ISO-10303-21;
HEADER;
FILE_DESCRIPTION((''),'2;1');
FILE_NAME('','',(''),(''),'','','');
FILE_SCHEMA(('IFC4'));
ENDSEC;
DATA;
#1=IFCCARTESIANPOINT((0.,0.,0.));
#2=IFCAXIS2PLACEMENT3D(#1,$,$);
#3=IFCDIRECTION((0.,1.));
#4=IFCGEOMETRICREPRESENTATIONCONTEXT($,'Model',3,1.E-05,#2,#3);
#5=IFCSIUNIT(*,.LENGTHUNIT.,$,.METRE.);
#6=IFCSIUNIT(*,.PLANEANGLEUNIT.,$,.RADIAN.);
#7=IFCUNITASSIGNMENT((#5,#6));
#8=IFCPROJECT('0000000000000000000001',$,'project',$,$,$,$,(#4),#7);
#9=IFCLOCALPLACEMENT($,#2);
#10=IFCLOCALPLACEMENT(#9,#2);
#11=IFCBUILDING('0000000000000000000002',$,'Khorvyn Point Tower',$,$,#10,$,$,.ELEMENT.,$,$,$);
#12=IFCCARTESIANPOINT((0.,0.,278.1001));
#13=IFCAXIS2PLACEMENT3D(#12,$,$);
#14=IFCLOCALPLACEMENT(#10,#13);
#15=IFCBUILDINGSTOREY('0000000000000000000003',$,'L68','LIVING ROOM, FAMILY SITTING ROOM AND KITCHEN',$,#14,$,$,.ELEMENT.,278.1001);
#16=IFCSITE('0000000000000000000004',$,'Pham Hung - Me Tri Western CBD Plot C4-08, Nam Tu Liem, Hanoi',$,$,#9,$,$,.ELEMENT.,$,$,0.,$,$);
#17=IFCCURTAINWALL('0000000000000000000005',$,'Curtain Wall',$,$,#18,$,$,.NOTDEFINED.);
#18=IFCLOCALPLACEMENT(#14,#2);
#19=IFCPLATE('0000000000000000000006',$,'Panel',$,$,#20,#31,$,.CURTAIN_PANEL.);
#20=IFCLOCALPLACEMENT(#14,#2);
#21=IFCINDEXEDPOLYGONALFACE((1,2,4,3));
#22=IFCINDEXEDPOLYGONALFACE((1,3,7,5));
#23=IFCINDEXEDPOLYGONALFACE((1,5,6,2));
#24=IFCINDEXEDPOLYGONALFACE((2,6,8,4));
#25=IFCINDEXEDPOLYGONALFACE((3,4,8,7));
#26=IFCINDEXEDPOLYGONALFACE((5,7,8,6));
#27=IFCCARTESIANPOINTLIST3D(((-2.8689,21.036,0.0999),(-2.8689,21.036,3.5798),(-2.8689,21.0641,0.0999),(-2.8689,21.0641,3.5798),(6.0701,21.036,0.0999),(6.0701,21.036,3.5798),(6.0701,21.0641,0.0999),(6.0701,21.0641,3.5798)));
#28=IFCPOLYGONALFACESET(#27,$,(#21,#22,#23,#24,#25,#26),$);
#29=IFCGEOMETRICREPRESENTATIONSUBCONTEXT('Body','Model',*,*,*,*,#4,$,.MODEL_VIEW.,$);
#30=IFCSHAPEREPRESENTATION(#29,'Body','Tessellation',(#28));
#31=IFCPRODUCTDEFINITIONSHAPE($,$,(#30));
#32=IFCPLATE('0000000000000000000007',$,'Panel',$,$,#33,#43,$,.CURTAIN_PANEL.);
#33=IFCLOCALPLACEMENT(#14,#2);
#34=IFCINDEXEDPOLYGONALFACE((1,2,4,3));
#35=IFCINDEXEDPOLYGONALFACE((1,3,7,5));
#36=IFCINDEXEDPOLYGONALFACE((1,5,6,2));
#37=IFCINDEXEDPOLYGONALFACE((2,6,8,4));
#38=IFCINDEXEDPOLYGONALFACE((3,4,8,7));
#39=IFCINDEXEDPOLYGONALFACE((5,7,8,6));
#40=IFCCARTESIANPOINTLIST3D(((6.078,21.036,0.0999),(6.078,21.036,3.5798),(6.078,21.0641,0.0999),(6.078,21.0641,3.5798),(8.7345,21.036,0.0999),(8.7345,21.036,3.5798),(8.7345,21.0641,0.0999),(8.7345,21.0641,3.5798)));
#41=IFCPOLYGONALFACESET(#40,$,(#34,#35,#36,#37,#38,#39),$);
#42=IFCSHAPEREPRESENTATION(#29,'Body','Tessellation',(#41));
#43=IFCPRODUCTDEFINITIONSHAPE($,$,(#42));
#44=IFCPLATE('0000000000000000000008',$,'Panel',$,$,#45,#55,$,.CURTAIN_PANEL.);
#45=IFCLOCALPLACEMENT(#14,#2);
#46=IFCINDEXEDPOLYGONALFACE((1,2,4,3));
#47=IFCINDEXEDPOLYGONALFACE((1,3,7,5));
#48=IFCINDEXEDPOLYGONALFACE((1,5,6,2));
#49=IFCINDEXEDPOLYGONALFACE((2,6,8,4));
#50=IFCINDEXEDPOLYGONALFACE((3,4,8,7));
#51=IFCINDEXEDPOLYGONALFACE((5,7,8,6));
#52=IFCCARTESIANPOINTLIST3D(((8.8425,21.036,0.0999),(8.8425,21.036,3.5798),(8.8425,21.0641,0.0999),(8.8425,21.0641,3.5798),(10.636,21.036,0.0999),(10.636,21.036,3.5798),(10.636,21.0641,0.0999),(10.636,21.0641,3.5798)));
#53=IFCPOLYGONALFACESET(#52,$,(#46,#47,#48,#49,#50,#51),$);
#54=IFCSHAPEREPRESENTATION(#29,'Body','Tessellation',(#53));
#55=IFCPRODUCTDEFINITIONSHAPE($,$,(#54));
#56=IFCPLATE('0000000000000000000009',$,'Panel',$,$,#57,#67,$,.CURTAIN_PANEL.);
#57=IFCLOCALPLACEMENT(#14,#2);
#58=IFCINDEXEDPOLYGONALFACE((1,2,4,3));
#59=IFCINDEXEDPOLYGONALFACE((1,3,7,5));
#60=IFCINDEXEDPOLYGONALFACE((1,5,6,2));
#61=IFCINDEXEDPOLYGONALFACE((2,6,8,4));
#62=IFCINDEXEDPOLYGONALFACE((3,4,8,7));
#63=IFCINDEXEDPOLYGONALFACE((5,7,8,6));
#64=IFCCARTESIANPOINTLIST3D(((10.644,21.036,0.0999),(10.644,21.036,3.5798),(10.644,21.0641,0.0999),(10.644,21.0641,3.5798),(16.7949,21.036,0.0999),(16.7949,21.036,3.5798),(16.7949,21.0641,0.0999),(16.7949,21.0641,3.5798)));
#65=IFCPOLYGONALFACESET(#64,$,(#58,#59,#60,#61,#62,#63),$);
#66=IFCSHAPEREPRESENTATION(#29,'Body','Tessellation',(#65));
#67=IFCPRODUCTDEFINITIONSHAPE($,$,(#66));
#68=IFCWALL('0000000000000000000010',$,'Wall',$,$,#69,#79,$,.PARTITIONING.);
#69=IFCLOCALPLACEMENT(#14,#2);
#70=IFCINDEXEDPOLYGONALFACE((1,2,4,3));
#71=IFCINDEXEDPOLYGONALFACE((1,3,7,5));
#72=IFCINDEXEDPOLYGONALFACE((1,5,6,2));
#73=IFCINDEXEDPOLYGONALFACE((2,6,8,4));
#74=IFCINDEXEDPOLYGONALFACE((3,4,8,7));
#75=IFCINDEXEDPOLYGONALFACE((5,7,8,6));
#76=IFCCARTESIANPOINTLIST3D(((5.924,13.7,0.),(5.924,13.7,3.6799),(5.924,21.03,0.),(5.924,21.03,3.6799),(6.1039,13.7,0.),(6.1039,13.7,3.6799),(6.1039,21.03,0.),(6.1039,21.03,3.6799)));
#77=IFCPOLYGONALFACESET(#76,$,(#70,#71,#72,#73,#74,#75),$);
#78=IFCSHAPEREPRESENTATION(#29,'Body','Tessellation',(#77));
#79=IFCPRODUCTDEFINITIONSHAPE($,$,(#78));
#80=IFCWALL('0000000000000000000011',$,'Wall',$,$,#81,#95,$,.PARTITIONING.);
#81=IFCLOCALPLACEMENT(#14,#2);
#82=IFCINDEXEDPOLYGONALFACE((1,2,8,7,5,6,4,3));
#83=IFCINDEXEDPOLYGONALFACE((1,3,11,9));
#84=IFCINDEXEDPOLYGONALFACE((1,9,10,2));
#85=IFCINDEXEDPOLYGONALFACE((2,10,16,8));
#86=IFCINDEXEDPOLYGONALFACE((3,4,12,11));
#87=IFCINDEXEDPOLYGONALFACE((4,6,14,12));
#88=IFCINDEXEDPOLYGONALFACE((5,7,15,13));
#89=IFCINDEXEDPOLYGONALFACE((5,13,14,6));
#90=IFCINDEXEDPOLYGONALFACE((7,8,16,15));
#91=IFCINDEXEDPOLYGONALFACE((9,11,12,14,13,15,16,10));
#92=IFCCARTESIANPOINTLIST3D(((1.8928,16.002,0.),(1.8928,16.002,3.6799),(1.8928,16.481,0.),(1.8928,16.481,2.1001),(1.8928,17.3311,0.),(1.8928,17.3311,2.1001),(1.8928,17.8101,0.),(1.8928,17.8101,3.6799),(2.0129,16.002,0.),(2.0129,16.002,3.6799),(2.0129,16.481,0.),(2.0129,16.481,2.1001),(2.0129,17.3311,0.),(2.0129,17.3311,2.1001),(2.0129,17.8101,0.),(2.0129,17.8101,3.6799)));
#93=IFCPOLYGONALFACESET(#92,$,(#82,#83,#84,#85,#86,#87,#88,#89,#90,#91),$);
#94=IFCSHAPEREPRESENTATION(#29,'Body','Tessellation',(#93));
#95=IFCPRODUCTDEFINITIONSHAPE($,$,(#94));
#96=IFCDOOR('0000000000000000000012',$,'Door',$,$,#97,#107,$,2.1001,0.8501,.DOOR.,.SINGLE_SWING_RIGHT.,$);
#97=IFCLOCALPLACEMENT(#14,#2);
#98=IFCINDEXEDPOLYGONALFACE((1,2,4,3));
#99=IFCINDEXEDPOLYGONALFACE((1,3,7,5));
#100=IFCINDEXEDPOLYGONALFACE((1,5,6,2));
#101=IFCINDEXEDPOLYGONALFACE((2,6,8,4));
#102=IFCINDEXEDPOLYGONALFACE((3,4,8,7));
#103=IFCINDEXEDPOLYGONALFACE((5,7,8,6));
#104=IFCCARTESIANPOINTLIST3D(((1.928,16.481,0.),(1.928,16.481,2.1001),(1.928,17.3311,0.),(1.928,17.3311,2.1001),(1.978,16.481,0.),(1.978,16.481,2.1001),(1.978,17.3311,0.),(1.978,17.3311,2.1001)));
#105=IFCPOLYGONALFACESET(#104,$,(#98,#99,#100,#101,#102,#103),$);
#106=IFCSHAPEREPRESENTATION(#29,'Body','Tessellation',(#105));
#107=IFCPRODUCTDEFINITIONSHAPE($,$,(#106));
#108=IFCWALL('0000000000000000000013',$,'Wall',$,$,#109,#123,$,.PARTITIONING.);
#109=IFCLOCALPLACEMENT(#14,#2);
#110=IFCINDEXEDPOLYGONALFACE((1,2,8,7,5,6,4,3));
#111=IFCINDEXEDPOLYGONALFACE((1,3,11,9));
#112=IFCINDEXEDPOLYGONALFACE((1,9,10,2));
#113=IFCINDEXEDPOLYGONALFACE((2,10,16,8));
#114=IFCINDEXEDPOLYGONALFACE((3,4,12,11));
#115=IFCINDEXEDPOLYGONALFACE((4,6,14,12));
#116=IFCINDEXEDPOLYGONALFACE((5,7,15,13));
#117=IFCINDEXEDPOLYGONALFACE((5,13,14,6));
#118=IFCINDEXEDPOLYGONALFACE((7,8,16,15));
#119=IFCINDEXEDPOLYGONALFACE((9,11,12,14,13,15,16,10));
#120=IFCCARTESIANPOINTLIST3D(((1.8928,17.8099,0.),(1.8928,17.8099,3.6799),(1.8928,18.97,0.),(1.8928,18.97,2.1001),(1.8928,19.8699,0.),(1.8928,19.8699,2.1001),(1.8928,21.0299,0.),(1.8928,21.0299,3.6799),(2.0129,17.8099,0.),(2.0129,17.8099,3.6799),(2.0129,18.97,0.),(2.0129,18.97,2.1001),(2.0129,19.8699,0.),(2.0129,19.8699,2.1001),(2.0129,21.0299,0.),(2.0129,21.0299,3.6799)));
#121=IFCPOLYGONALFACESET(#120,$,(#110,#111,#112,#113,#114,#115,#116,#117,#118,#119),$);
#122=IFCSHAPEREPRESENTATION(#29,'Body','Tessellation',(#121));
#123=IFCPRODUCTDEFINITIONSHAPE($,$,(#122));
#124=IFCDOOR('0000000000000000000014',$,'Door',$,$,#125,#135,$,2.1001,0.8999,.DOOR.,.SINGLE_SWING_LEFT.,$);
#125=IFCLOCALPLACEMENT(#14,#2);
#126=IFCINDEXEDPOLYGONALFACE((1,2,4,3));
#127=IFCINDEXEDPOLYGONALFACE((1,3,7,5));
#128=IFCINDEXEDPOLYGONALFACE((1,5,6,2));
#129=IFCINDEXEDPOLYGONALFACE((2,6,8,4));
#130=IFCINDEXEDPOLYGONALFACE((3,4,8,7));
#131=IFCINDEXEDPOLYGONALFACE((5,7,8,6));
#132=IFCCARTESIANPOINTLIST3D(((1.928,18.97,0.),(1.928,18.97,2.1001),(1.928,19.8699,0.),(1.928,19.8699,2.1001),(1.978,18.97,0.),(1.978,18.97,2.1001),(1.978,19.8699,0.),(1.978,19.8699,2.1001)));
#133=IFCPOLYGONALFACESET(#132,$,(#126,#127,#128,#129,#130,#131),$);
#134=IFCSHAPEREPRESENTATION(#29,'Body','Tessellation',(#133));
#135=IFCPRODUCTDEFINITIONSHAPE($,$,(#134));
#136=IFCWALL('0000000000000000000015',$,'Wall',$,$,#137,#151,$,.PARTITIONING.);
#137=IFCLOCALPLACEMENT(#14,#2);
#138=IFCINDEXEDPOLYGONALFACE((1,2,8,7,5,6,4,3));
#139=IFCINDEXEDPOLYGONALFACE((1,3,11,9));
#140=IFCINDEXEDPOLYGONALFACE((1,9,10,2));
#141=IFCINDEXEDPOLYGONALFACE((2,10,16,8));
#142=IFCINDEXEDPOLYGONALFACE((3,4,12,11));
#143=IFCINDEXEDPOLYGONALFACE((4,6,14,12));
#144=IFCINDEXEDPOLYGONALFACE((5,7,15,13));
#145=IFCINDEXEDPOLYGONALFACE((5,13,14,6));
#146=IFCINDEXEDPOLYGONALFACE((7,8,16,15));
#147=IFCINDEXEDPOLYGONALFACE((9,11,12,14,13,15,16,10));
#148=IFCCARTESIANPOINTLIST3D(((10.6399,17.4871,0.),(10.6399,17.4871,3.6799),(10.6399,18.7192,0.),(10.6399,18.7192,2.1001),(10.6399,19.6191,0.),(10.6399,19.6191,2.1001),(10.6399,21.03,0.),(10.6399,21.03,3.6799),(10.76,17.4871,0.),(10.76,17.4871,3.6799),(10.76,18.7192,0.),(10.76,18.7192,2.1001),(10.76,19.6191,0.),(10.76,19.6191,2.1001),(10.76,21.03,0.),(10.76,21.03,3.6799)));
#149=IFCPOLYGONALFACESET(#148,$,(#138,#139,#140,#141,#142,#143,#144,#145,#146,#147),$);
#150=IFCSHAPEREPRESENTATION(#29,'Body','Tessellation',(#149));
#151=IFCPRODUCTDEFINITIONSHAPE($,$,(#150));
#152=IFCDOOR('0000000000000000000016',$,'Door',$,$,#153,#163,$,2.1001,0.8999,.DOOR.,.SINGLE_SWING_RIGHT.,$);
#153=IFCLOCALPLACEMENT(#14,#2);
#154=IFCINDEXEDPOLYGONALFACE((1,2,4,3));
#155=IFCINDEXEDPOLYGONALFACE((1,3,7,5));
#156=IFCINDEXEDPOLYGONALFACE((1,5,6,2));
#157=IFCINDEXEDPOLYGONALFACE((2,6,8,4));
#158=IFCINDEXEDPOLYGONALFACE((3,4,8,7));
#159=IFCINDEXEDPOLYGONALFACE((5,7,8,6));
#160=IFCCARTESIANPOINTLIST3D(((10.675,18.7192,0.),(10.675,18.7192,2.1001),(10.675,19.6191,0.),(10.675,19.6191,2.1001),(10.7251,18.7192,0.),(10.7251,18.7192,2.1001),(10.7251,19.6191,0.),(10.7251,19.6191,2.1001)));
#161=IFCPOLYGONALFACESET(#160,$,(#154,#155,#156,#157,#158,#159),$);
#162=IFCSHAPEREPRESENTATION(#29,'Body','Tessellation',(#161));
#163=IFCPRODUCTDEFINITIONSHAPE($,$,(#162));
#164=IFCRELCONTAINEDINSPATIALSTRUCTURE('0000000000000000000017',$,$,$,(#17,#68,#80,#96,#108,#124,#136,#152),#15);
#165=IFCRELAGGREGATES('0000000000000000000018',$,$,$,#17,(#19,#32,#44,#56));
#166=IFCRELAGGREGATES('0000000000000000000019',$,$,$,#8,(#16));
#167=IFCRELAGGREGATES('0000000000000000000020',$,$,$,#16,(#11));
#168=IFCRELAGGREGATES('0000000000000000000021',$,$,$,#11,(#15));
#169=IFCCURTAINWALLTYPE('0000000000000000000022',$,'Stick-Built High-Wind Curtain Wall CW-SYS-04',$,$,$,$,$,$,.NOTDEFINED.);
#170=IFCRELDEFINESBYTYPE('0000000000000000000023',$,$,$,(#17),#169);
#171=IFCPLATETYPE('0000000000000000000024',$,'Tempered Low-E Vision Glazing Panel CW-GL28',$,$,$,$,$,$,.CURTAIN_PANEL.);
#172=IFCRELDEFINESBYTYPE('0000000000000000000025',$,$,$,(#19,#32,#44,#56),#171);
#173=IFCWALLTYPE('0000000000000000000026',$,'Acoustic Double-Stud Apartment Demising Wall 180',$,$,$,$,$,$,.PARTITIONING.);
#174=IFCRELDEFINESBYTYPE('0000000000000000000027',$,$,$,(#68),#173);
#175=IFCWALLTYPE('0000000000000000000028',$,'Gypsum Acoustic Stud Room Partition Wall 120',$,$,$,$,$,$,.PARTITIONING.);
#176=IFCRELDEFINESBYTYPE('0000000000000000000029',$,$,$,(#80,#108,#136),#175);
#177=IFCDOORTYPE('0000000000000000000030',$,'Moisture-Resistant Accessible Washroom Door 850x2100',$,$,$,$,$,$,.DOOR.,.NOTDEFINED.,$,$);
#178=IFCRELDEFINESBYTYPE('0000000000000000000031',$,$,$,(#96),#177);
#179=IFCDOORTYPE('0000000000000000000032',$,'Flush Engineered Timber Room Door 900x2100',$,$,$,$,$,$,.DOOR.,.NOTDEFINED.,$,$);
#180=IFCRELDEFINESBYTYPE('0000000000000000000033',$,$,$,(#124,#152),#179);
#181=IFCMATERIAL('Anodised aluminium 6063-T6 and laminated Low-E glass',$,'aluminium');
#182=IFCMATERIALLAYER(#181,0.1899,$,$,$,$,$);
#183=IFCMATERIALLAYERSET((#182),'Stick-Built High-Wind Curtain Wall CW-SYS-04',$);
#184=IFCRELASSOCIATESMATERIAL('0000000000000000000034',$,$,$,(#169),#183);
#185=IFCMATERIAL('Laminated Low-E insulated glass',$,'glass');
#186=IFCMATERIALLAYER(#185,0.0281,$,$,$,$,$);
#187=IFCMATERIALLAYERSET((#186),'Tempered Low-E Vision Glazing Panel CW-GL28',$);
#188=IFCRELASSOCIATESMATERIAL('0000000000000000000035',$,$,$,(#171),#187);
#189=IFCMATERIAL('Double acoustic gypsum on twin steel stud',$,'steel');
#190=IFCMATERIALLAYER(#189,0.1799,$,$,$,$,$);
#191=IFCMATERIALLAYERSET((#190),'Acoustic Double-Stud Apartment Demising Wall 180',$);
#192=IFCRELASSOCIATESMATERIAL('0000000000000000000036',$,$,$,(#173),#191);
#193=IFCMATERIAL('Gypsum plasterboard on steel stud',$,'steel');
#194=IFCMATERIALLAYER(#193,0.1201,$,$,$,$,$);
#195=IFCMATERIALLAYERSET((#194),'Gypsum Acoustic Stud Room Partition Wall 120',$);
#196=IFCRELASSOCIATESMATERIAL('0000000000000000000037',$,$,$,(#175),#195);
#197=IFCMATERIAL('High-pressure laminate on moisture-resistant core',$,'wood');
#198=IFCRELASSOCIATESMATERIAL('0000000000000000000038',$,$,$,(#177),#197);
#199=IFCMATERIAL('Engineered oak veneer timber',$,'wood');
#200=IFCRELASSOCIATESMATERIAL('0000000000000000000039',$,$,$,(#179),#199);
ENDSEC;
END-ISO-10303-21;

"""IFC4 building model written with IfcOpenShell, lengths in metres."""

from ifc_helpers import new_model, si_unit, direction, frame, frame_2d, origin, origin_2d, place, context, subcontext, project, spatial, rectangle, extrude, material, layer, layer_set, type_object, element, fill, aggregate, save


model = new_model("IFC4")

# Units and contexts
model_context = context("Model", 3, precision=1e-05, world=origin(), true_north=direction((0.0, 1.0)))
body_context = subcontext(model_context, "Body", "Model", "MODEL_VIEW")
ifc_project = project(units=[si_unit("LENGTHUNIT", "METRE"), si_unit("PLANEANGLEUNIT", "RADIAN")], contexts=[model_context])

# Site, building, storey
site_placement = place(None, origin())
site = spatial("IfcSite", under=ifc_project, at=site_placement, Name="Pham Hung - Me Tri Western CBD Plot C4-08, Nam Tu Liem, Hanoi", CompositionType="ELEMENT", RefElevation=0.0)
building_placement = place(site_placement, origin())
building = spatial("IfcBuilding", under=site, at=building_placement, Name="Khorvyn Point Tower", CompositionType="ELEMENT")
storey_placement = place(building_placement, frame((0.0, 0.0, 278.1001)))
storey = spatial("IfcBuildingStorey", under=building, at=storey_placement, Name="L68", Description="LIVING ROOM, FAMILY SITTING ROOM AND KITCHEN", CompositionType="ELEMENT", Elevation=278.1001)

# Curtain wall
ifc_material_1 = material(Name="Anodised aluminium 6063-T6 and laminated Low-E glass", Category="aluminium")
ifc_layer_1 = layer(ifc_material_1, 0.1899)
ifc_layer_set_1 = layer_set([ifc_layer_1], Name="Stick-Built High-Wind Curtain Wall CW-SYS-04")
curtain_wall_type = type_object("IfcCurtainWallType", Name="Stick-Built High-Wind Curtain Wall CW-SYS-04", PredefinedType="NOTDEFINED", material=ifc_layer_set_1)
curtain_wall_placement = place(storey_placement, origin())
curtain_wall = element("IfcCurtainWall", 1, at=curtain_wall_placement, inside=storey, type_object=curtain_wall_type, Name="Curtain Wall", PredefinedType="NOTDEFINED")

# Plates
ifc_material_2 = material(Name="Laminated Low-E insulated glass", Category="glass")
ifc_layer_2 = layer(ifc_material_2, 0.0281)
ifc_layer_set_2 = layer_set([ifc_layer_2], Name="Tempered Low-E Vision Glazing Panel CW-GL28")
plate_type = type_object("IfcPlateType", Name="Tempered Low-E Vision Glazing Panel CW-GL28", PredefinedType="CURTAIN_PANEL", material=ifc_layer_set_2)
plate_1_placement = place(storey_placement, frame((1.6006, 21.05, 0.0999), z_axis=(0.0, 0.0, 1.0), x_axis=(1.0, 0.0, 0.0)))
plate_1 = element("IfcPlate", 2, at=plate_1_placement, type_object=plate_type, Name="Panel", PredefinedType="CURTAIN_PANEL", context=body_context, shape_type="SweptSolid", body=[
    extrude(rectangle(XDim=8.939, YDim=0.0281, at=origin_2d()), origin(), (0.0, 0.0, 1.0), 3.48),
])
plate_2_placement = place(storey_placement, frame((7.4062, 21.05, 0.0999), z_axis=(0.0, 0.0, 1.0), x_axis=(1.0, 0.0, 0.0)))
plate_2 = element("IfcPlate", 3, at=plate_2_placement, type_object=plate_type, Name="Panel", PredefinedType="CURTAIN_PANEL", context=body_context, shape_type="SweptSolid", body=[
    extrude(rectangle(XDim=2.6565, YDim=0.0281, at=origin_2d()), origin(), (0.0, 0.0, 1.0), 3.48),
])
plate_3_placement = place(storey_placement, frame((9.7393, 21.05, 0.0999), z_axis=(0.0, 0.0, 1.0), x_axis=(1.0, 0.0, 0.0)))
plate_3 = element("IfcPlate", 4, at=plate_3_placement, type_object=plate_type, Name="Panel", PredefinedType="CURTAIN_PANEL", context=body_context, shape_type="SweptSolid", body=[
    extrude(rectangle(XDim=1.7935, YDim=0.0281, at=origin_2d()), origin(), (0.0, 0.0, 1.0), 3.48),
])
plate_4_placement = place(storey_placement, frame((13.7195, 21.05, 0.0999), z_axis=(0.0, 0.0, 1.0), x_axis=(1.0, 0.0, 0.0)))
plate_4 = element("IfcPlate", 5, at=plate_4_placement, type_object=plate_type, Name="Panel", PredefinedType="CURTAIN_PANEL", context=body_context, shape_type="SweptSolid", body=[
    extrude(rectangle(XDim=6.1509, YDim=0.0281, at=origin_2d()), origin(), (0.0, 0.0, 1.0), 3.48),
])
aggregate(curtain_wall, [plate_1, plate_2, plate_3, plate_4])

# Wall
ifc_material_3 = material(Name="Double acoustic gypsum on twin steel stud", Category="steel")
ifc_layer_3 = layer(ifc_material_3, 0.1799)
ifc_layer_set_3 = layer_set([ifc_layer_3], Name="Acoustic Double-Stud Apartment Demising Wall 180")
wall_type_1 = type_object("IfcWallType", Name="Acoustic Double-Stud Apartment Demising Wall 180", PredefinedType="PARTITIONING", material=ifc_layer_set_3)
wall_1_placement = place(storey_placement, frame((6.0139, 13.7, 0.0), z_axis=(0.0, 0.0, 1.0), x_axis=(0.0, 1.0, 0.0)))
element("IfcWall", 6, at=wall_1_placement, inside=storey, type_object=wall_type_1, Name="Wall", PredefinedType="PARTITIONING", context=body_context, shape_type="SweptSolid", body=[
    extrude(rectangle(XDim=7.3301, YDim=0.1799, at=frame_2d((3.665, 0.0))), origin(), (0.0, 0.0, 1.0), 3.6799),
])

# Walls, openings, doors
ifc_material_4 = material(Name="Gypsum plasterboard on steel stud", Category="steel")
ifc_layer_4 = layer(ifc_material_4, 0.1201)
ifc_layer_set_4 = layer_set([ifc_layer_4], Name="Gypsum Acoustic Stud Room Partition Wall 120")
wall_type_2 = type_object("IfcWallType", Name="Gypsum Acoustic Stud Room Partition Wall 120", PredefinedType="PARTITIONING", material=ifc_layer_set_4)
wall_2_placement = place(storey_placement, frame((1.9529, 16.002, 0.0), z_axis=(0.0, 0.0, 1.0), x_axis=(0.0, 1.0, 0.0)))
wall_2 = element("IfcWall", 7, at=wall_2_placement, inside=storey, type_object=wall_type_2, Name="Wall", PredefinedType="PARTITIONING", context=body_context, shape_type="SweptSolid", body=[
    extrude(rectangle(XDim=1.8081, YDim=0.1201, at=frame_2d((0.9041, 0.0))), origin(), (0.0, 0.0, 1.0), 3.6799),
])
opening_1_placement = place(wall_2_placement, frame((0.479, 0.0, 0.0)))
opening_1 = element("IfcOpeningElement", 8, at=opening_1_placement, cuts=wall_2, PredefinedType="OPENING", context=body_context, shape_type="SweptSolid", body=[
    extrude(rectangle(XDim=0.8501, YDim=2.1001, at=frame_2d((0.425, 1.05))), frame((0.0, 0.0701, 0.0), z_axis=(0.0, -1.0, 0.0), x_axis=(1.0, 0.0, 0.0)), (0.0, 0.0, 1.0), 0.1401),
])
ifc_material_5 = material(Name="High-pressure laminate on moisture-resistant core", Category="wood")
door_type_1 = type_object("IfcDoorType", Name="Moisture-Resistant Accessible Washroom Door 850x2100", OperationType="NOTDEFINED", PredefinedType="DOOR", material=ifc_material_5)
door_1_placement = place(opening_1_placement, origin())
door_1 = element("IfcDoor", 9, at=door_1_placement, inside=storey, type_object=door_type_1, Name="Door", OperationType="SINGLE_SWING_RIGHT", OverallHeight=2.1001, OverallWidth=0.8501, PredefinedType="DOOR", context=body_context, shape_type="SweptSolid", body=[
    extrude(rectangle(XDim=0.8501, YDim=2.1001, at=frame_2d((0.425, 1.05))), frame((0.0, 0.0249, 0.0), z_axis=(0.0, -1.0, 0.0), x_axis=(1.0, 0.0, 0.0)), (0.0, 0.0, 1.0), 0.05),
])
fill(opening_1, door_1)
wall_3_placement = place(storey_placement, frame((1.9529, 17.8101, 0.0), z_axis=(0.0, 0.0, 1.0), x_axis=(0.0, 1.0, 0.0)))
wall_3 = element("IfcWall", 10, at=wall_3_placement, inside=storey, type_object=wall_type_2, Name="Wall", PredefinedType="PARTITIONING", context=body_context, shape_type="SweptSolid", body=[
    extrude(rectangle(XDim=3.22, YDim=0.1201, at=frame_2d((1.6099, 0.0))), origin(), (0.0, 0.0, 1.0), 3.6799),
])
opening_2_placement = place(wall_3_placement, frame((1.1599, 0.0, 0.0)))
opening_2 = element("IfcOpeningElement", 11, at=opening_2_placement, cuts=wall_3, PredefinedType="OPENING", context=body_context, shape_type="SweptSolid", body=[
    extrude(rectangle(XDim=0.8999, YDim=2.1001, at=frame_2d((0.45, 1.05))), frame((0.0, 0.0701, 0.0), z_axis=(0.0, -1.0, 0.0), x_axis=(1.0, 0.0, 0.0)), (0.0, 0.0, 1.0), 0.1401),
])
ifc_material_6 = material(Name="Engineered oak veneer timber", Category="wood")
door_type_2 = type_object("IfcDoorType", Name="Flush Engineered Timber Room Door 900x2100", OperationType="NOTDEFINED", PredefinedType="DOOR", material=ifc_material_6)
door_2_placement = place(opening_2_placement, origin())
door_2 = element("IfcDoor", 12, at=door_2_placement, inside=storey, type_object=door_type_2, Name="Door", OperationType="SINGLE_SWING_LEFT", OverallHeight=2.1001, OverallWidth=0.8999, PredefinedType="DOOR", context=body_context, shape_type="SweptSolid", body=[
    extrude(rectangle(XDim=0.8999, YDim=2.1001, at=frame_2d((0.45, 1.05))), frame((0.0, 0.0249, 0.0), z_axis=(0.0, -1.0, 0.0), x_axis=(1.0, 0.0, 0.0)), (0.0, 0.0, 1.0), 0.05),
])
fill(opening_2, door_2)
wall_4_placement = place(storey_placement, frame((10.7, 17.4871, 0.0), z_axis=(0.0, 0.0, 1.0), x_axis=(0.0, 1.0, 0.0)))
wall_4 = element("IfcWall", 13, at=wall_4_placement, inside=storey, type_object=wall_type_2, Name="Wall", PredefinedType="PARTITIONING", context=body_context, shape_type="SweptSolid", body=[
    extrude(rectangle(XDim=3.543, YDim=0.1201, at=frame_2d((1.7715, 0.0))), origin(), (0.0, 0.0, 1.0), 3.6799),
])
opening_3_placement = place(wall_4_placement, frame((1.2322, 0.0, 0.0)))
opening_3 = element("IfcOpeningElement", 14, at=opening_3_placement, cuts=wall_4, PredefinedType="OPENING", context=body_context, shape_type="SweptSolid", body=[
    extrude(rectangle(XDim=0.8999, YDim=2.1001, at=frame_2d((0.45, 1.05))), frame((0.0, 0.0701, 0.0), z_axis=(0.0, -1.0, 0.0), x_axis=(1.0, 0.0, 0.0)), (0.0, 0.0, 1.0), 0.1401),
])
door_3_placement = place(opening_3_placement, origin())
door_3 = element("IfcDoor", 15, at=door_3_placement, inside=storey, type_object=door_type_2, Name="Door", OperationType="SINGLE_SWING_RIGHT", OverallHeight=2.1001, OverallWidth=0.8999, PredefinedType="DOOR", context=body_context, shape_type="SweptSolid", body=[
    extrude(rectangle(XDim=0.8999, YDim=2.1001, at=frame_2d((0.45, 1.05))), frame((0.0, 0.0249, 0.0), z_axis=(0.0, -1.0, 0.0), x_axis=(1.0, 0.0, 0.0)), (0.0, 0.0, 1.0), 0.05),
])
fill(opening_3, door_3)

save(model, "model.ifc")
